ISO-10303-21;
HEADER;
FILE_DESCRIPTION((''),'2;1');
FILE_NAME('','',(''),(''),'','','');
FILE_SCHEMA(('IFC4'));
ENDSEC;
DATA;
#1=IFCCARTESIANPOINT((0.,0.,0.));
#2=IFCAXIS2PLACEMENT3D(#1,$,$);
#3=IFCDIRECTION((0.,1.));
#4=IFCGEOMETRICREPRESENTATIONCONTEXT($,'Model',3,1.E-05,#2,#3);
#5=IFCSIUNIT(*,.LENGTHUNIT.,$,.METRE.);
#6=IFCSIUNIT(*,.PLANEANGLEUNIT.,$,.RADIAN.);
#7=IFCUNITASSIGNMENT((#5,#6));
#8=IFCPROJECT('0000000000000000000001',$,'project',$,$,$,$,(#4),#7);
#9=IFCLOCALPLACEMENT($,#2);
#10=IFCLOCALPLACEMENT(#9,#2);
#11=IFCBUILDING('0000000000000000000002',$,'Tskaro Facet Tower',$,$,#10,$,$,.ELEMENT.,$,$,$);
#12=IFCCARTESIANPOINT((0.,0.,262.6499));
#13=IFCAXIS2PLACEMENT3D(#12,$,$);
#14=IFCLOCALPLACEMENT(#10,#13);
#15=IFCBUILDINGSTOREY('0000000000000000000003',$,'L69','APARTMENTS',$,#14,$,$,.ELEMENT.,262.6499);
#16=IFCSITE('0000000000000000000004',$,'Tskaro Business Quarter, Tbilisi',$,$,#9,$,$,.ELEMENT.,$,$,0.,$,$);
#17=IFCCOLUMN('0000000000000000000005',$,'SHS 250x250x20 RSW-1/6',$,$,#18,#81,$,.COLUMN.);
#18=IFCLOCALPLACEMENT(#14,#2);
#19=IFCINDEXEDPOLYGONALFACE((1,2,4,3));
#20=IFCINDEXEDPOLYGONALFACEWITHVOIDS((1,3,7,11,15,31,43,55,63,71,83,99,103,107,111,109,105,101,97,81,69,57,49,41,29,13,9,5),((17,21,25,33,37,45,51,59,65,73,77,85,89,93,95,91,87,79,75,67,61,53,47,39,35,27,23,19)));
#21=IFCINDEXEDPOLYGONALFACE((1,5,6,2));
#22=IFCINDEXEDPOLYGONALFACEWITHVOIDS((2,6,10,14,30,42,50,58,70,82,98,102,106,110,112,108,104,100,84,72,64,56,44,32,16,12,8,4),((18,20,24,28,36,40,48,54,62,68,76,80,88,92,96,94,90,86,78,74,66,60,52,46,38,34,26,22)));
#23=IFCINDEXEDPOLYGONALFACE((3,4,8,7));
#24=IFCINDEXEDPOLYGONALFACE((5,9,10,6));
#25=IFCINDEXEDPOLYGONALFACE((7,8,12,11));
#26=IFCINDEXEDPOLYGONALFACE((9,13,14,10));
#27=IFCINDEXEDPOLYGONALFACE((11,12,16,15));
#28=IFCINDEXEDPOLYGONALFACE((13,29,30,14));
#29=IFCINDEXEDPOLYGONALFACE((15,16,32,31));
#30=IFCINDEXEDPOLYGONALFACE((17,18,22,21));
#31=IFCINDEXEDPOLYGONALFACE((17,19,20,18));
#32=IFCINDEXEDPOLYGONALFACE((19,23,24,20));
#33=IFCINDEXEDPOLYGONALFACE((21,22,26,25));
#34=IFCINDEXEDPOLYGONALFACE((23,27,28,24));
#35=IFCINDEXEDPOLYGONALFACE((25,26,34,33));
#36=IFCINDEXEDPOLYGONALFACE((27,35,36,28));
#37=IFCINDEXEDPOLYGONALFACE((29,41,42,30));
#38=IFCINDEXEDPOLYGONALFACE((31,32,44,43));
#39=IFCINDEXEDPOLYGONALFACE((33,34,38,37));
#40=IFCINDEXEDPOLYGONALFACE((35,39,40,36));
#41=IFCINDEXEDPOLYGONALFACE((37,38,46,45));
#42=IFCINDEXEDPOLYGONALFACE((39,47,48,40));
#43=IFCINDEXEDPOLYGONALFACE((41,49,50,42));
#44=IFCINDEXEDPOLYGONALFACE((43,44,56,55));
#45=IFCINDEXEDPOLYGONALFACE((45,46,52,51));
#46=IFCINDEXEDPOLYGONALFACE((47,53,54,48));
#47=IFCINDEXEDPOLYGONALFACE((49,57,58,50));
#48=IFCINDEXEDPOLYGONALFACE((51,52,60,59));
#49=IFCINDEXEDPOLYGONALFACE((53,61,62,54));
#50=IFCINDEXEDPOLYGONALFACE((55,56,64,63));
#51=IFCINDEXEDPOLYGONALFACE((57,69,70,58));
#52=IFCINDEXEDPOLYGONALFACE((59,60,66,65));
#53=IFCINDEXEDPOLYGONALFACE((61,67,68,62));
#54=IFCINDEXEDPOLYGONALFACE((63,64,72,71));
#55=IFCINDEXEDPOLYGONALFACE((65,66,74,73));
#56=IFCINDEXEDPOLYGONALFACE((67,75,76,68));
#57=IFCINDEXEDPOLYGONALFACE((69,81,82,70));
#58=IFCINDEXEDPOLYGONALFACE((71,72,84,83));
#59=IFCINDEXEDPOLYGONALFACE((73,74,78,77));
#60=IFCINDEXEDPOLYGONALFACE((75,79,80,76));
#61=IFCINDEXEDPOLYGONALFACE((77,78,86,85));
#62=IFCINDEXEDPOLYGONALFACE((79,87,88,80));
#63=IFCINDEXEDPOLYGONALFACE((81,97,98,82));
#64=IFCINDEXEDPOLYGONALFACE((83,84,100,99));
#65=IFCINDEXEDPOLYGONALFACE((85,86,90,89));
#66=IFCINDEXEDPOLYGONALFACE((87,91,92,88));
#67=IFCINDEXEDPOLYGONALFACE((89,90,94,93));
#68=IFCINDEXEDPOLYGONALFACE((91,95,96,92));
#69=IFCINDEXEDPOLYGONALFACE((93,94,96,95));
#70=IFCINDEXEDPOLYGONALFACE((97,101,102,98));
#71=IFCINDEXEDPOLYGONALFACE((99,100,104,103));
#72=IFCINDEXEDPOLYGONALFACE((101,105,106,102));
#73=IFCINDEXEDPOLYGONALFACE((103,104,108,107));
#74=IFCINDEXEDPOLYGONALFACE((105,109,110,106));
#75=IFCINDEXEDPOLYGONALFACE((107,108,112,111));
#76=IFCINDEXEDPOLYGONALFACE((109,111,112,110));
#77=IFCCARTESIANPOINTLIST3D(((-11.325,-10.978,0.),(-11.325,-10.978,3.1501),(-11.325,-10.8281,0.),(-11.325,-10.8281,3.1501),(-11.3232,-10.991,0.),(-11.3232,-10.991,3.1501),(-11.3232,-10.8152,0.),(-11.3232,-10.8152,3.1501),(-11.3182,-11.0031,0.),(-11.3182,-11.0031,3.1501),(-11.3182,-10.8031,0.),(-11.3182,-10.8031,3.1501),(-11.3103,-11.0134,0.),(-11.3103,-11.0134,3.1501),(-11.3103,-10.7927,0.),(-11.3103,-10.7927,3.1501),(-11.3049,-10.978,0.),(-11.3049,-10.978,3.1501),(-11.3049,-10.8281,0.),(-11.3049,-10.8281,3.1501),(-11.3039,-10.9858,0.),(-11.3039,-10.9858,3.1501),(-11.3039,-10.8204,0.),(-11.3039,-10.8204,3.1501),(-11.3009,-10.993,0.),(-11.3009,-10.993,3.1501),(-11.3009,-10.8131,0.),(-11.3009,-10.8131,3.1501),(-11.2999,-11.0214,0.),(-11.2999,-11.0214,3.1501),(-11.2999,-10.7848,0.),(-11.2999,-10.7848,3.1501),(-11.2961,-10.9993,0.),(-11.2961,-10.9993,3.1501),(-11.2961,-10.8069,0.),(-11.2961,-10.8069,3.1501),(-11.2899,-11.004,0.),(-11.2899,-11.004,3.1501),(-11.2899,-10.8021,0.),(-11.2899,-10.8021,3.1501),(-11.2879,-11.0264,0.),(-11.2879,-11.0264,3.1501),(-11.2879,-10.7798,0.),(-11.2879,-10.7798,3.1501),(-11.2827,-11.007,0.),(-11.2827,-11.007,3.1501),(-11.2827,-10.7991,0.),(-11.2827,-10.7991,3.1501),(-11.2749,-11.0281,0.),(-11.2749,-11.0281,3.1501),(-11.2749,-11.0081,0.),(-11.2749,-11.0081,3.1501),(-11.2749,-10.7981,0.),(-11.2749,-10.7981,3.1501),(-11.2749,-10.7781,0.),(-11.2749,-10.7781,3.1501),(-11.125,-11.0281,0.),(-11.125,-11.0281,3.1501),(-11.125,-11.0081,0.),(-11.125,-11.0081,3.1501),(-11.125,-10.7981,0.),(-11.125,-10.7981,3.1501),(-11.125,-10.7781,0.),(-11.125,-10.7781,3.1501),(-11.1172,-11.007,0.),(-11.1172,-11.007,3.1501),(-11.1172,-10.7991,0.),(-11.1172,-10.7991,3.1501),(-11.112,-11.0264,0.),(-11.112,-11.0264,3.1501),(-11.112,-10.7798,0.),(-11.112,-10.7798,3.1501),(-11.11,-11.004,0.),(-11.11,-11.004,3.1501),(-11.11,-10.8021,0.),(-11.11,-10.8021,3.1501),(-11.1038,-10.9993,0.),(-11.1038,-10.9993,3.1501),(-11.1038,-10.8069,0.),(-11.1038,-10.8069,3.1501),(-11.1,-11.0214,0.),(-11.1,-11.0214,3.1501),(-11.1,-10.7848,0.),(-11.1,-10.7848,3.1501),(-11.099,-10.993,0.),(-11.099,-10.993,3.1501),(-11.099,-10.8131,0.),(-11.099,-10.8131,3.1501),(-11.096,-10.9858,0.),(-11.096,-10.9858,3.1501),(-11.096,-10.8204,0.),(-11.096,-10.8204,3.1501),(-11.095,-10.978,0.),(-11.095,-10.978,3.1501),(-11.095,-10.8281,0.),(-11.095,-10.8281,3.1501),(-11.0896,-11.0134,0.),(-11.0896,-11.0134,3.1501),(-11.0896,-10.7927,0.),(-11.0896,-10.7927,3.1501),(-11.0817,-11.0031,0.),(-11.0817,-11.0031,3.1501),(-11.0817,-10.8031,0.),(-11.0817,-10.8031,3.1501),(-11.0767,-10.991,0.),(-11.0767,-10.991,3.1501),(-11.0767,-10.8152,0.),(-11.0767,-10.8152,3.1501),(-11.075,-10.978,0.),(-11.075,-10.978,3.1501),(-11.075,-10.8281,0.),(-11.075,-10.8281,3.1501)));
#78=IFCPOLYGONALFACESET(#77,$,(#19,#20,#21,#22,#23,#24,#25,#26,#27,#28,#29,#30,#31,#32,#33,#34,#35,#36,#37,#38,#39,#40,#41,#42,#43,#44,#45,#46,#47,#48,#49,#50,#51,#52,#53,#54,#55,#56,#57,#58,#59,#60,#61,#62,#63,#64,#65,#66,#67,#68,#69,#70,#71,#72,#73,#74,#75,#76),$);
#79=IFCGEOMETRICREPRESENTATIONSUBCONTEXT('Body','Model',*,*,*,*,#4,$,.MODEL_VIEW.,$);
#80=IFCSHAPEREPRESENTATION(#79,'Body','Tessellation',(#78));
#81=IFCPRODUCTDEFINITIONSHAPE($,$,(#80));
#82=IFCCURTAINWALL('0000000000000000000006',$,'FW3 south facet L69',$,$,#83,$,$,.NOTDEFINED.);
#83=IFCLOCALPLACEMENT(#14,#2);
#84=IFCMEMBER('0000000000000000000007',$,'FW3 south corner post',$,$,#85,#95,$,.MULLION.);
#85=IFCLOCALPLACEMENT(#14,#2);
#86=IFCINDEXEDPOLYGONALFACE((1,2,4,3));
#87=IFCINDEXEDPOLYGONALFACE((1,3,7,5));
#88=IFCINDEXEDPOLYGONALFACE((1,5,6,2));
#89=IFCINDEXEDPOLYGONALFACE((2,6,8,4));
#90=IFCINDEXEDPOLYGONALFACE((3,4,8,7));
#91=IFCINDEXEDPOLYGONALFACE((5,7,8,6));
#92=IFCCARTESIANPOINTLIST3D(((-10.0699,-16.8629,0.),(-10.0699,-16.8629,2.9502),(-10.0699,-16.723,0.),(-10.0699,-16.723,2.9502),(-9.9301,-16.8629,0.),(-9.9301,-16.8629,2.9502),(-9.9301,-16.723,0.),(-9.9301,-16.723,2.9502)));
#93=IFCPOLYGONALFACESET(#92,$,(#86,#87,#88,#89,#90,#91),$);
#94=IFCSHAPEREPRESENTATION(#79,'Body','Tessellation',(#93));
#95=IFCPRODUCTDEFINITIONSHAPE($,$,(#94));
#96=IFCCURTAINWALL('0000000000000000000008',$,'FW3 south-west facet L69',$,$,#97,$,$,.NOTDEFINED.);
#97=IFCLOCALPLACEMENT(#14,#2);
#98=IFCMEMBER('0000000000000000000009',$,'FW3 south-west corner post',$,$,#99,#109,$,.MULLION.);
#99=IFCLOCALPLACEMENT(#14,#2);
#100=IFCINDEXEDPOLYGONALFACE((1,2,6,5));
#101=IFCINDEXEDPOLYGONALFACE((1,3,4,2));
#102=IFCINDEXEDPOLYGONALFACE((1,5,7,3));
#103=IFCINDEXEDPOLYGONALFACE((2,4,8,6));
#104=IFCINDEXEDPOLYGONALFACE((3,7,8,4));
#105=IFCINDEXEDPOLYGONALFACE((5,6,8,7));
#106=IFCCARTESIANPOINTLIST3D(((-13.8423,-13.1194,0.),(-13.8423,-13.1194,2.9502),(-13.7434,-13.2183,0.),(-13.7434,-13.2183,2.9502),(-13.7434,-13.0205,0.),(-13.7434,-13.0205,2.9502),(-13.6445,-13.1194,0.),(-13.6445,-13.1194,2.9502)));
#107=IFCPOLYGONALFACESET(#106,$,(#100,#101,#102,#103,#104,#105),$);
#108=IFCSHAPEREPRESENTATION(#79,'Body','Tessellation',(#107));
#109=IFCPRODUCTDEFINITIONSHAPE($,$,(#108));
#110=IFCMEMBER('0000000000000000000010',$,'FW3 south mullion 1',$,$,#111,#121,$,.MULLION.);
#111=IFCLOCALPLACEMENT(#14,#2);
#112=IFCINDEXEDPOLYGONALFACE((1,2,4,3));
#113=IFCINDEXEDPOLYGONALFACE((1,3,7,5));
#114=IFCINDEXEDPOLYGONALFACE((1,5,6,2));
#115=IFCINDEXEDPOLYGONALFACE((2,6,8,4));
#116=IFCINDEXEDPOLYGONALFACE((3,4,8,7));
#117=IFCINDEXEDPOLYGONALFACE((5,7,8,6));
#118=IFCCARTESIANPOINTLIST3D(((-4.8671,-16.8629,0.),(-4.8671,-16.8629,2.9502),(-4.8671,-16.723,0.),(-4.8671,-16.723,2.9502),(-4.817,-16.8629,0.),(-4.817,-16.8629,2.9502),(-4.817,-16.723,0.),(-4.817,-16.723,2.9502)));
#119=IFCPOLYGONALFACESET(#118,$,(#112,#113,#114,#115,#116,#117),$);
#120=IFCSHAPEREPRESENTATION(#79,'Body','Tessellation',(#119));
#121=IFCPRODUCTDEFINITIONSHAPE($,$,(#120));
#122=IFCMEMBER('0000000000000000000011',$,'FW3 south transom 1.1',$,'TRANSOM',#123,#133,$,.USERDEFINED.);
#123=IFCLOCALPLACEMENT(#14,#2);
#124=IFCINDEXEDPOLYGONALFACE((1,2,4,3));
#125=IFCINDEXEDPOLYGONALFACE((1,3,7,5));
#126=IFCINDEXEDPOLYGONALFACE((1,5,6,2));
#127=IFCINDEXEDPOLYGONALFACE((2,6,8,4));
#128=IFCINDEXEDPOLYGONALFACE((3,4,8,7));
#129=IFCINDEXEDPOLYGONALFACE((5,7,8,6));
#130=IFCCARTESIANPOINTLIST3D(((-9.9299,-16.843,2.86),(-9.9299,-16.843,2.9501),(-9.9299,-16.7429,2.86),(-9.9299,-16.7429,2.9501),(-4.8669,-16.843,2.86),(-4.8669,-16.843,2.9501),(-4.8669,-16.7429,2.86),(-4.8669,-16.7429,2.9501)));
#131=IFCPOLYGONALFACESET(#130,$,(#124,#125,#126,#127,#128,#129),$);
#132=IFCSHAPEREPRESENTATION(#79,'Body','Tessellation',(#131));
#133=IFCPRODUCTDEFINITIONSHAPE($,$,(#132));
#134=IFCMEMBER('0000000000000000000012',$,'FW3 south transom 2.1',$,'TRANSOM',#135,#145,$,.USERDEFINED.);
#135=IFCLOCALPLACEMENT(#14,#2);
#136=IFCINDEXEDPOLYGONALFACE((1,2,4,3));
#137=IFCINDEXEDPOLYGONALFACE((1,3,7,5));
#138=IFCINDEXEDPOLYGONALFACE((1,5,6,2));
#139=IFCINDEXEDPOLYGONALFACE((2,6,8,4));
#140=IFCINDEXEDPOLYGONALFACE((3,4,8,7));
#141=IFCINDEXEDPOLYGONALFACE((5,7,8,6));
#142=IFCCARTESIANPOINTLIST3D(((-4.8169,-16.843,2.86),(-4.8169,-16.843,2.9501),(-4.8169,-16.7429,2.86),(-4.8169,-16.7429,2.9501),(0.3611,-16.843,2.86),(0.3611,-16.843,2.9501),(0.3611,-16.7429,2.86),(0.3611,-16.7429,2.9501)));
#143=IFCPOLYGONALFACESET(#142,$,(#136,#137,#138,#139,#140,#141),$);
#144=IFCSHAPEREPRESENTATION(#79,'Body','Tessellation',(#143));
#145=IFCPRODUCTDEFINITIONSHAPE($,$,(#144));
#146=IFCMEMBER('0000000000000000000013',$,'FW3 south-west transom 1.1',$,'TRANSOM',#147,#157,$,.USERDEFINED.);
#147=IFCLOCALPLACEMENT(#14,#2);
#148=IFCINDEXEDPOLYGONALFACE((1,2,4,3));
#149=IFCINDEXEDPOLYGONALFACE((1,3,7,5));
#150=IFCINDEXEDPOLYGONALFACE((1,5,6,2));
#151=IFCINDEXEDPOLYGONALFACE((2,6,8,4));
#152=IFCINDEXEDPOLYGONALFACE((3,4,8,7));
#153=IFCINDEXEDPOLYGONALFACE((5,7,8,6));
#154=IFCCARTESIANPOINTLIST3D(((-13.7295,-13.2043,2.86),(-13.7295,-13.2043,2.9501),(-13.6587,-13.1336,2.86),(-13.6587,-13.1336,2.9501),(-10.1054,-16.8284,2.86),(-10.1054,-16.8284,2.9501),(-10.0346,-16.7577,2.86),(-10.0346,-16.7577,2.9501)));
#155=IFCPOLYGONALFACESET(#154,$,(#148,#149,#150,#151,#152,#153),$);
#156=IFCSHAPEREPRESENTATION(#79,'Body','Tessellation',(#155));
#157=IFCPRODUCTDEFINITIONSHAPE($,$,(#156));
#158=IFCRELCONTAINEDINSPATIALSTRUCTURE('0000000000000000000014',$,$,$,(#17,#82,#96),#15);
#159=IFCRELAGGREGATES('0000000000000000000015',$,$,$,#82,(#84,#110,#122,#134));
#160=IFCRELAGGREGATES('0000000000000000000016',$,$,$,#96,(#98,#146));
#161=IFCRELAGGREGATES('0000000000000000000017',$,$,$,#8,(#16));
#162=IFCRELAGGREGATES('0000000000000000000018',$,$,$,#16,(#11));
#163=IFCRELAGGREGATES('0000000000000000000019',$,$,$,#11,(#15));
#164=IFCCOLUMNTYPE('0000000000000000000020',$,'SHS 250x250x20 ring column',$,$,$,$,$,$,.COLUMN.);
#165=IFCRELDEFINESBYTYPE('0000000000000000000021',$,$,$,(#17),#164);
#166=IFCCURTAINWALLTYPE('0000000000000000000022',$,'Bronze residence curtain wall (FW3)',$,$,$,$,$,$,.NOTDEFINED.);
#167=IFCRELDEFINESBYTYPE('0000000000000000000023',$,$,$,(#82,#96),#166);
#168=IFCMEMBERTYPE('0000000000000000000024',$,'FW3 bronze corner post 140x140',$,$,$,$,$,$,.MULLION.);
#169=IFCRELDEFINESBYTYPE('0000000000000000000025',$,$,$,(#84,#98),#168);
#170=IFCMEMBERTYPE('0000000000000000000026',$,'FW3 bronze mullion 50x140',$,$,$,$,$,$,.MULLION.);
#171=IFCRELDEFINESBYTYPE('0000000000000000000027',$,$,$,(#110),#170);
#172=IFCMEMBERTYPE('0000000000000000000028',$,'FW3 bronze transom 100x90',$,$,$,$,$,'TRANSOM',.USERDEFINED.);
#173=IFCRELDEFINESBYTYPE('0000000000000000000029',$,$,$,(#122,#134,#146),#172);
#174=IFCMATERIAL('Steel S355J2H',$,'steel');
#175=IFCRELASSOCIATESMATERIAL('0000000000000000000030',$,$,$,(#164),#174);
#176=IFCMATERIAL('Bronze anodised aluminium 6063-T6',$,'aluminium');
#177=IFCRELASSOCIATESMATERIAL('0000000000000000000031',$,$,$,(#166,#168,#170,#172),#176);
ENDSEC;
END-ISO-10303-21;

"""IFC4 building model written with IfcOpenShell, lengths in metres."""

from ifc_helpers import new_model, si_unit, direction, frame, origin, origin_2d, place, context, subcontext, project, spatial, rectangle, hollow_rectangle, extrude, material, material_profile, profile_set, type_object, element, aggregate, save


model = new_model("IFC4")

# Units and contexts
model_context = context("Model", 3, precision=1e-05, world=origin(), true_north=direction((0.0, 1.0)))
body_context = subcontext(model_context, "Body", "Model", "MODEL_VIEW")
ifc_project = project(units=[si_unit("LENGTHUNIT", "METRE"), si_unit("PLANEANGLEUNIT", "RADIAN")], contexts=[model_context])

# Site, building, storey
site_placement = place(None, origin())
site = spatial("IfcSite", under=ifc_project, at=site_placement, Name="Tskaro Business Quarter, Tbilisi", CompositionType="ELEMENT", RefElevation=0.0)
building_placement = place(site_placement, origin())
building = spatial("IfcBuilding", under=site, at=building_placement, Name="Tskaro Facet Tower", CompositionType="ELEMENT")
storey_placement = place(building_placement, frame((0.0, 0.0, 262.6499)))
storey = spatial("IfcBuildingStorey", under=building, at=storey_placement, Name="L69", Description="APARTMENTS", CompositionType="ELEMENT", Elevation=262.6499)

# Column
ifc_material_1 = material(Name="Steel S355J2H", Category="steel")
ifc_material_profile_1 = material_profile(ifc_material_1, hollow_rectangle(XDim=0.25, YDim=0.25, WallThickness=0.02, InnerFilletRadius=0.03, OuterFilletRadius=0.05, at=origin_2d()), Name="SHS 250x250x20")
ifc_profile_set_1 = profile_set([ifc_material_profile_1], Name="Steel S355J2H")
column_type_1 = type_object("IfcColumnType", Name="SHS 250x250x20 ring column", PredefinedType="COLUMN", material=ifc_profile_set_1)
for number, where, z_axis, x_axis, name in (
    (1, (-11.2, -10.9031, 0.0), (0.0, 0.0, 1.0), (1.0, 0.0, 0.0), "SHS 250x250x20 RSW-1/6"),
):
    element("IfcColumn", number, at=place(storey_placement, frame(where, z_axis=z_axis, x_axis=x_axis)), inside=storey, type_object=column_type_1, Name=name, PredefinedType="COLUMN", context=body_context, shape_type="SweptSolid", body=[
        extrude(hollow_rectangle(XDim=0.25, YDim=0.25, WallThickness=0.02, InnerFilletRadius=0.03, OuterFilletRadius=0.05, at=origin_2d()), origin(), (0.0, 0.0, 1.0), 3.1501),
    ])

# Curtain walls, members
ifc_material_2 = material(Name="Bronze anodised aluminium 6063-T6", Category="aluminium")
curtain_wall_type = type_object("IfcCurtainWallType", Name="Bronze residence curtain wall (FW3)", PredefinedType="NOTDEFINED", material=ifc_material_2)
curtain_wall_1_placement = place(storey_placement, origin())
curtain_wall_1 = element("IfcCurtainWall", 2, at=curtain_wall_1_placement, inside=storey, type_object=curtain_wall_type, Name="FW3 south facet L69", PredefinedType="NOTDEFINED")
ifc_material_profile_2 = material_profile(ifc_material_2, rectangle(XDim=0.1399, YDim=0.1399, at=origin_2d()), Name="Corner post 140x140")
ifc_profile_set_2 = profile_set([ifc_material_profile_2], Name="Bronze anodised aluminium 6063-T6")
member_type_1 = type_object("IfcMemberType", Name="FW3 bronze corner post 140x140", PredefinedType="MULLION", material=ifc_profile_set_2)
member_1_placement = place(storey_placement, frame((-10.0, -16.793, 0.0), z_axis=(0.0, 0.0, 1.0), x_axis=(1.0, 0.0, 0.0)))
member_1 = element("IfcMember", 3, at=member_1_placement, type_object=member_type_1, Name="FW3 south corner post", PredefinedType="MULLION", context=body_context, shape_type="SweptSolid", body=[
    extrude(rectangle(XDim=0.1399, YDim=0.1399, at=origin_2d()), origin(), (0.0, 0.0, 1.0), 2.9502),
])
curtain_wall_2_placement = place(storey_placement, origin())
curtain_wall_2 = element("IfcCurtainWall", 4, at=curtain_wall_2_placement, inside=storey, type_object=curtain_wall_type, Name="FW3 south-west facet L69", PredefinedType="NOTDEFINED")
member_2_placement = place(storey_placement, frame((-13.7434, -13.1194, 0.0), z_axis=(0.0, 0.0, 1.0), x_axis=(0.707107, -0.707107, 0.0)))
member_2 = element("IfcMember", 5, at=member_2_placement, type_object=member_type_1, Name="FW3 south-west corner post", PredefinedType="MULLION", context=body_context, shape_type="SweptSolid", body=[
    extrude(rectangle(XDim=0.1399, YDim=0.1399, at=origin_2d()), origin(), (0.0, 0.0, 1.0), 2.9502),
])

# Members
ifc_material_profile_3 = material_profile(ifc_material_2, rectangle(XDim=0.05, YDim=0.1399, at=origin_2d()), Name="Mullion 50x140")
ifc_profile_set_3 = profile_set([ifc_material_profile_3], Name="Bronze anodised aluminium 6063-T6")
member_type_2 = type_object("IfcMemberType", Name="FW3 bronze mullion 50x140", PredefinedType="MULLION", material=ifc_profile_set_3)
member_3_placement = place(storey_placement, frame((-4.842, -16.793, 0.0), z_axis=(0.0, 0.0, 1.0), x_axis=(1.0, 0.0, 0.0)))
member_3 = element("IfcMember", 6, at=member_3_placement, type_object=member_type_2, Name="FW3 south mullion 1", PredefinedType="MULLION", context=body_context, shape_type="SweptSolid", body=[
    extrude(rectangle(XDim=0.05, YDim=0.1399, at=origin_2d()), origin(), (0.0, 0.0, 1.0), 2.9502),
])
ifc_material_profile_4 = material_profile(ifc_material_2, rectangle(XDim=0.1001, YDim=0.0901, at=origin_2d()), Name="Transom 100x90")
ifc_profile_set_4 = profile_set([ifc_material_profile_4], Name="Bronze anodised aluminium 6063-T6")
member_type_3 = type_object("IfcMemberType", Name="FW3 bronze transom 100x90", ElementType="TRANSOM", PredefinedType="USERDEFINED", material=ifc_profile_set_4)
member_4_placement = place(storey_placement, frame((-9.9299, -16.793, 2.905), z_axis=(1.0, 0.0, 0.0), x_axis=(0.0, 1.0, 0.0)))
member_4 = element("IfcMember", 7, at=member_4_placement, type_object=member_type_3, Name="FW3 south transom 1.1", ObjectType="TRANSOM", PredefinedType="USERDEFINED", context=body_context, shape_type="SweptSolid", body=[
    extrude(rectangle(XDim=0.1001, YDim=0.0901, at=origin_2d()), origin(), (0.0, 0.0, 1.0), 5.063),
])
member_5_placement = place(storey_placement, frame((-4.8169, -16.793, 2.905), z_axis=(1.0, 0.0, 0.0), x_axis=(0.0, 1.0, 0.0)))
member_5 = element("IfcMember", 8, at=member_5_placement, type_object=member_type_3, Name="FW3 south transom 2.1", ObjectType="TRANSOM", PredefinedType="USERDEFINED", context=body_context, shape_type="SweptSolid", body=[
    extrude(rectangle(XDim=0.1001, YDim=0.0901, at=origin_2d()), origin(), (0.0, 0.0, 1.0), 5.178),
])
member_6_placement = place(storey_placement, frame((-13.6941, -13.1689, 2.905), z_axis=(0.707107, -0.707107, 0.0), x_axis=(0.707107, 0.707107, 0.0)))
member_6 = element("IfcMember", 9, at=member_6_placement, type_object=member_type_3, Name="FW3 south-west transom 1.1", ObjectType="TRANSOM", PredefinedType="USERDEFINED", context=body_context, shape_type="SweptSolid", body=[
    extrude(rectangle(XDim=0.1001, YDim=0.0901, at=origin_2d()), origin(), (0.0, 0.0, 1.0), 5.1252),
])

aggregate(curtain_wall_1, [member_1, member_3, member_4, member_5])
aggregate(curtain_wall_2, [member_2, member_6])

save(model, "model.ifc")
